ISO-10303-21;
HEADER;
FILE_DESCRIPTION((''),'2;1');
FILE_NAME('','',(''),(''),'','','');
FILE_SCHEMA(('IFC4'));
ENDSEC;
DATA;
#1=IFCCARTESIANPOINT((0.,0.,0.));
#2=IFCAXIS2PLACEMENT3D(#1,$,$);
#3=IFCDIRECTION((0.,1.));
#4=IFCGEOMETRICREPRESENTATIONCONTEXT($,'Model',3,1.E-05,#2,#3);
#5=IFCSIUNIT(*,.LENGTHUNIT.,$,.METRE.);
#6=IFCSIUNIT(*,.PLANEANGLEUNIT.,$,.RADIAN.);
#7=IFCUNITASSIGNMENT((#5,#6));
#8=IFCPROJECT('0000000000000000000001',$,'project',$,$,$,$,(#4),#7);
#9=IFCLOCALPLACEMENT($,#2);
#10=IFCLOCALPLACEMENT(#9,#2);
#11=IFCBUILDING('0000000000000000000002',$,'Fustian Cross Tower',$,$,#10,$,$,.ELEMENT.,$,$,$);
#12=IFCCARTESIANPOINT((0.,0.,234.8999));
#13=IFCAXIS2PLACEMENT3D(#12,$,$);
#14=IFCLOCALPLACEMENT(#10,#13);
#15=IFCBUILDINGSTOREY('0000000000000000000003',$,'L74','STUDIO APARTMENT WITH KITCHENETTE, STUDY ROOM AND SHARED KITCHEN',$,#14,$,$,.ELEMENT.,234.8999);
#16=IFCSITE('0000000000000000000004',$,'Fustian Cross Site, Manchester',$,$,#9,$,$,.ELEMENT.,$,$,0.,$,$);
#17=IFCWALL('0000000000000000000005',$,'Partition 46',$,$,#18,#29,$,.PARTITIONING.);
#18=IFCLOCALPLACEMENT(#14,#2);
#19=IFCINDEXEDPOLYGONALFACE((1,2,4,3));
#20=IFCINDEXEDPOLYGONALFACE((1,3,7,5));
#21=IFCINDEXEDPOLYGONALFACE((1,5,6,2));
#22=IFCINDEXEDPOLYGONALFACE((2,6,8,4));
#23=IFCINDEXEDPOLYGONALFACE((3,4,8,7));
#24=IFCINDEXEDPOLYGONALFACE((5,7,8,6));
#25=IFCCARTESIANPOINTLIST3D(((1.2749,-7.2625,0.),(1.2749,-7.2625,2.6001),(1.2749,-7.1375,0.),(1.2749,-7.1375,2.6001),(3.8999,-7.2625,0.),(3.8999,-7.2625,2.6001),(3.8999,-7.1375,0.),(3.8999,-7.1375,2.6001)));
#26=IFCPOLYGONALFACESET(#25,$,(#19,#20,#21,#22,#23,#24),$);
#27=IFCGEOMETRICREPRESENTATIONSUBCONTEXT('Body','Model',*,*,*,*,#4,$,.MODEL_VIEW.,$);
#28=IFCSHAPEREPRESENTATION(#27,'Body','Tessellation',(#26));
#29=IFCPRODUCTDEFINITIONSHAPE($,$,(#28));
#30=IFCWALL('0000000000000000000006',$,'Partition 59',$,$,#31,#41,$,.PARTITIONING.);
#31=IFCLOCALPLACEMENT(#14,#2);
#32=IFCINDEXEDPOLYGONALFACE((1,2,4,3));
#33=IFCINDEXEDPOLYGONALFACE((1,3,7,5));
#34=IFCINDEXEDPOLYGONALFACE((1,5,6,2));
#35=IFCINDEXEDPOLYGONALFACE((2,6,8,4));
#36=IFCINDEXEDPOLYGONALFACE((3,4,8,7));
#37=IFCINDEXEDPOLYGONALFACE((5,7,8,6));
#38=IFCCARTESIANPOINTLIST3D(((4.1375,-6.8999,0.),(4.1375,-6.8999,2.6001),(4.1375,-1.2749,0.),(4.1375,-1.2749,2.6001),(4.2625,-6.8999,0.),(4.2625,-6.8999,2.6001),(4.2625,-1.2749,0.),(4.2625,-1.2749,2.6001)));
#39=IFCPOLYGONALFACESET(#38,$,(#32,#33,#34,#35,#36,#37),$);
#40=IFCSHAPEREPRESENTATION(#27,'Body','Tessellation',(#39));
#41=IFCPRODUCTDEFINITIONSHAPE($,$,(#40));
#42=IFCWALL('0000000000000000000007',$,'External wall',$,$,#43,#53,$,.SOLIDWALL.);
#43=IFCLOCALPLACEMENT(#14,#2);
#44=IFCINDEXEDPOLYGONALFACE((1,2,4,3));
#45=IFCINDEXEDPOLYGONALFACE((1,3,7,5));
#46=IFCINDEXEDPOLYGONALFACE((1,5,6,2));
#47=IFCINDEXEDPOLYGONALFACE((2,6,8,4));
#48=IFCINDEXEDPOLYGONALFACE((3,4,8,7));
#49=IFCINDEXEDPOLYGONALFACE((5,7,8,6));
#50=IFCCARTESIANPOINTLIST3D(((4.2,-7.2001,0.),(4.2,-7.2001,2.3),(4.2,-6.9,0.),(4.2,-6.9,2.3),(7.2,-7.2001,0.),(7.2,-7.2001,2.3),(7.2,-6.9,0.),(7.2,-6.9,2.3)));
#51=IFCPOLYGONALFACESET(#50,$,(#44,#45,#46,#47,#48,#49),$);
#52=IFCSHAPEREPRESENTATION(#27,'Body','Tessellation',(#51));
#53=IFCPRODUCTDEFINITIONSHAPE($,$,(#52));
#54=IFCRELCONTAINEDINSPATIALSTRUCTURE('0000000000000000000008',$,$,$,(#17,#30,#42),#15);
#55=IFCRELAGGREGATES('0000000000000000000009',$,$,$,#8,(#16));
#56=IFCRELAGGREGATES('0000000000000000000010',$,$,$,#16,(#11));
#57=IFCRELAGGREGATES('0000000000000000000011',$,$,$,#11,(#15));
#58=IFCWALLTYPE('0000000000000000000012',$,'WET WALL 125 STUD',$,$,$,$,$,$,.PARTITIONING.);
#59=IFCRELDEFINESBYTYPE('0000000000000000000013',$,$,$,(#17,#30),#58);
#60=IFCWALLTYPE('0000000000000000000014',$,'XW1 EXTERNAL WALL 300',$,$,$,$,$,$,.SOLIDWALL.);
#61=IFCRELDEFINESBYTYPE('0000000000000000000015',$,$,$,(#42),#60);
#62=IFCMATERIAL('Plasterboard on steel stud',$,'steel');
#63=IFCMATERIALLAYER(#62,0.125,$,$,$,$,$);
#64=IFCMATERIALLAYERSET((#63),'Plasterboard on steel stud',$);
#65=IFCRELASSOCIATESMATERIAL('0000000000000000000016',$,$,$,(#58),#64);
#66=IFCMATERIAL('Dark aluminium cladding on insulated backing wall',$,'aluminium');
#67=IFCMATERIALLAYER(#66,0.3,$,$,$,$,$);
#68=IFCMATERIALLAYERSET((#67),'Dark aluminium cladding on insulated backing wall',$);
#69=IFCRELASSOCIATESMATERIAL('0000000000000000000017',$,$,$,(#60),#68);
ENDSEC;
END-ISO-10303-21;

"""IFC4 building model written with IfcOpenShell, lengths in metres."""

from ifc_helpers import new_model, si_unit, direction, frame, frame_2d, origin, place, context, subcontext, project, spatial, rectangle, extrude, material, layer, layer_set, type_object, element, save


model = new_model("IFC4")

# Units and contexts
model_context = context("Model", 3, precision=1e-05, world=origin(), true_north=direction((0.0, 1.0)))
body_context = subcontext(model_context, "Body", "Model", "MODEL_VIEW")
ifc_project = project(units=[si_unit("LENGTHUNIT", "METRE"), si_unit("PLANEANGLEUNIT", "RADIAN")], contexts=[model_context])

# Site, building, storey
site_placement = place(None, origin())
site = spatial("IfcSite", under=ifc_project, at=site_placement, Name="Fustian Cross Site, Manchester", CompositionType="ELEMENT", RefElevation=0.0)
building_placement = place(site_placement, origin())
building = spatial("IfcBuilding", under=site, at=building_placement, Name="Fustian Cross Tower", CompositionType="ELEMENT")
storey_placement = place(building_placement, frame((0.0, 0.0, 234.8999)))
storey = spatial("IfcBuildingStorey", under=building, at=storey_placement, Name="L74", Description="STUDIO APARTMENT WITH KITCHENETTE, STUDY ROOM AND SHARED KITCHEN", CompositionType="ELEMENT", Elevation=234.8999)

# Walls
ifc_material_1 = material(Name="Plasterboard on steel stud", Category="steel")
ifc_layer_1 = layer(ifc_material_1, 0.125)
ifc_layer_set_1 = layer_set([ifc_layer_1], Name="Plasterboard on steel stud")
wall_type_1 = type_object("IfcWallType", Name="WET WALL 125 STUD", PredefinedType="PARTITIONING", material=ifc_layer_set_1)
wall_1_placement = place(storey_placement, frame((1.2749, -7.2, 0.0), z_axis=(0.0, 0.0, 1.0), x_axis=(1.0, 0.0, 0.0)))
element("IfcWall", 1, at=wall_1_placement, inside=storey, type_object=wall_type_1, Name="Partition 46", PredefinedType="PARTITIONING", context=body_context, shape_type="SweptSolid", body=[
    extrude(rectangle(XDim=2.625, YDim=0.125, at=frame_2d((1.3125, 0.0))), origin(), (0.0, 0.0, 1.0), 2.6001),
])
wall_2_placement = place(storey_placement, frame((4.2, -6.8999, 0.0), z_axis=(0.0, 0.0, 1.0), x_axis=(0.0, 1.0, 0.0)))
element("IfcWall", 2, at=wall_2_placement, inside=storey, type_object=wall_type_1, Name="Partition 59", PredefinedType="PARTITIONING", context=body_context, shape_type="SweptSolid", body=[
    extrude(rectangle(XDim=5.625, YDim=0.125, at=frame_2d((2.8125, 0.0))), origin(), (0.0, 0.0, 1.0), 2.6001),
])
ifc_material_2 = material(Name="Dark aluminium cladding on insulated backing wall", Category="aluminium")
ifc_layer_2 = layer(ifc_material_2, 0.3)
ifc_layer_set_2 = layer_set([ifc_layer_2], Name="Dark aluminium cladding on insulated backing wall")
wall_type_2 = type_object("IfcWallType", Name="XW1 EXTERNAL WALL 300", PredefinedType="SOLIDWALL", material=ifc_layer_set_2)
wall_3_placement = place(storey_placement, frame((4.2, -7.05, 0.0), z_axis=(0.0, 0.0, 1.0), x_axis=(1.0, 0.0, 0.0)))
element("IfcWall", 3, at=wall_3_placement, inside=storey, type_object=wall_type_2, Name="External wall", PredefinedType="SOLIDWALL", context=body_context, shape_type="SweptSolid", body=[
    extrude(rectangle(XDim=3.0, YDim=0.3, at=frame_2d((1.5, 0.0))), origin(), (0.0, 0.0, 1.0), 2.3),
])

save(model, "model.ifc")
